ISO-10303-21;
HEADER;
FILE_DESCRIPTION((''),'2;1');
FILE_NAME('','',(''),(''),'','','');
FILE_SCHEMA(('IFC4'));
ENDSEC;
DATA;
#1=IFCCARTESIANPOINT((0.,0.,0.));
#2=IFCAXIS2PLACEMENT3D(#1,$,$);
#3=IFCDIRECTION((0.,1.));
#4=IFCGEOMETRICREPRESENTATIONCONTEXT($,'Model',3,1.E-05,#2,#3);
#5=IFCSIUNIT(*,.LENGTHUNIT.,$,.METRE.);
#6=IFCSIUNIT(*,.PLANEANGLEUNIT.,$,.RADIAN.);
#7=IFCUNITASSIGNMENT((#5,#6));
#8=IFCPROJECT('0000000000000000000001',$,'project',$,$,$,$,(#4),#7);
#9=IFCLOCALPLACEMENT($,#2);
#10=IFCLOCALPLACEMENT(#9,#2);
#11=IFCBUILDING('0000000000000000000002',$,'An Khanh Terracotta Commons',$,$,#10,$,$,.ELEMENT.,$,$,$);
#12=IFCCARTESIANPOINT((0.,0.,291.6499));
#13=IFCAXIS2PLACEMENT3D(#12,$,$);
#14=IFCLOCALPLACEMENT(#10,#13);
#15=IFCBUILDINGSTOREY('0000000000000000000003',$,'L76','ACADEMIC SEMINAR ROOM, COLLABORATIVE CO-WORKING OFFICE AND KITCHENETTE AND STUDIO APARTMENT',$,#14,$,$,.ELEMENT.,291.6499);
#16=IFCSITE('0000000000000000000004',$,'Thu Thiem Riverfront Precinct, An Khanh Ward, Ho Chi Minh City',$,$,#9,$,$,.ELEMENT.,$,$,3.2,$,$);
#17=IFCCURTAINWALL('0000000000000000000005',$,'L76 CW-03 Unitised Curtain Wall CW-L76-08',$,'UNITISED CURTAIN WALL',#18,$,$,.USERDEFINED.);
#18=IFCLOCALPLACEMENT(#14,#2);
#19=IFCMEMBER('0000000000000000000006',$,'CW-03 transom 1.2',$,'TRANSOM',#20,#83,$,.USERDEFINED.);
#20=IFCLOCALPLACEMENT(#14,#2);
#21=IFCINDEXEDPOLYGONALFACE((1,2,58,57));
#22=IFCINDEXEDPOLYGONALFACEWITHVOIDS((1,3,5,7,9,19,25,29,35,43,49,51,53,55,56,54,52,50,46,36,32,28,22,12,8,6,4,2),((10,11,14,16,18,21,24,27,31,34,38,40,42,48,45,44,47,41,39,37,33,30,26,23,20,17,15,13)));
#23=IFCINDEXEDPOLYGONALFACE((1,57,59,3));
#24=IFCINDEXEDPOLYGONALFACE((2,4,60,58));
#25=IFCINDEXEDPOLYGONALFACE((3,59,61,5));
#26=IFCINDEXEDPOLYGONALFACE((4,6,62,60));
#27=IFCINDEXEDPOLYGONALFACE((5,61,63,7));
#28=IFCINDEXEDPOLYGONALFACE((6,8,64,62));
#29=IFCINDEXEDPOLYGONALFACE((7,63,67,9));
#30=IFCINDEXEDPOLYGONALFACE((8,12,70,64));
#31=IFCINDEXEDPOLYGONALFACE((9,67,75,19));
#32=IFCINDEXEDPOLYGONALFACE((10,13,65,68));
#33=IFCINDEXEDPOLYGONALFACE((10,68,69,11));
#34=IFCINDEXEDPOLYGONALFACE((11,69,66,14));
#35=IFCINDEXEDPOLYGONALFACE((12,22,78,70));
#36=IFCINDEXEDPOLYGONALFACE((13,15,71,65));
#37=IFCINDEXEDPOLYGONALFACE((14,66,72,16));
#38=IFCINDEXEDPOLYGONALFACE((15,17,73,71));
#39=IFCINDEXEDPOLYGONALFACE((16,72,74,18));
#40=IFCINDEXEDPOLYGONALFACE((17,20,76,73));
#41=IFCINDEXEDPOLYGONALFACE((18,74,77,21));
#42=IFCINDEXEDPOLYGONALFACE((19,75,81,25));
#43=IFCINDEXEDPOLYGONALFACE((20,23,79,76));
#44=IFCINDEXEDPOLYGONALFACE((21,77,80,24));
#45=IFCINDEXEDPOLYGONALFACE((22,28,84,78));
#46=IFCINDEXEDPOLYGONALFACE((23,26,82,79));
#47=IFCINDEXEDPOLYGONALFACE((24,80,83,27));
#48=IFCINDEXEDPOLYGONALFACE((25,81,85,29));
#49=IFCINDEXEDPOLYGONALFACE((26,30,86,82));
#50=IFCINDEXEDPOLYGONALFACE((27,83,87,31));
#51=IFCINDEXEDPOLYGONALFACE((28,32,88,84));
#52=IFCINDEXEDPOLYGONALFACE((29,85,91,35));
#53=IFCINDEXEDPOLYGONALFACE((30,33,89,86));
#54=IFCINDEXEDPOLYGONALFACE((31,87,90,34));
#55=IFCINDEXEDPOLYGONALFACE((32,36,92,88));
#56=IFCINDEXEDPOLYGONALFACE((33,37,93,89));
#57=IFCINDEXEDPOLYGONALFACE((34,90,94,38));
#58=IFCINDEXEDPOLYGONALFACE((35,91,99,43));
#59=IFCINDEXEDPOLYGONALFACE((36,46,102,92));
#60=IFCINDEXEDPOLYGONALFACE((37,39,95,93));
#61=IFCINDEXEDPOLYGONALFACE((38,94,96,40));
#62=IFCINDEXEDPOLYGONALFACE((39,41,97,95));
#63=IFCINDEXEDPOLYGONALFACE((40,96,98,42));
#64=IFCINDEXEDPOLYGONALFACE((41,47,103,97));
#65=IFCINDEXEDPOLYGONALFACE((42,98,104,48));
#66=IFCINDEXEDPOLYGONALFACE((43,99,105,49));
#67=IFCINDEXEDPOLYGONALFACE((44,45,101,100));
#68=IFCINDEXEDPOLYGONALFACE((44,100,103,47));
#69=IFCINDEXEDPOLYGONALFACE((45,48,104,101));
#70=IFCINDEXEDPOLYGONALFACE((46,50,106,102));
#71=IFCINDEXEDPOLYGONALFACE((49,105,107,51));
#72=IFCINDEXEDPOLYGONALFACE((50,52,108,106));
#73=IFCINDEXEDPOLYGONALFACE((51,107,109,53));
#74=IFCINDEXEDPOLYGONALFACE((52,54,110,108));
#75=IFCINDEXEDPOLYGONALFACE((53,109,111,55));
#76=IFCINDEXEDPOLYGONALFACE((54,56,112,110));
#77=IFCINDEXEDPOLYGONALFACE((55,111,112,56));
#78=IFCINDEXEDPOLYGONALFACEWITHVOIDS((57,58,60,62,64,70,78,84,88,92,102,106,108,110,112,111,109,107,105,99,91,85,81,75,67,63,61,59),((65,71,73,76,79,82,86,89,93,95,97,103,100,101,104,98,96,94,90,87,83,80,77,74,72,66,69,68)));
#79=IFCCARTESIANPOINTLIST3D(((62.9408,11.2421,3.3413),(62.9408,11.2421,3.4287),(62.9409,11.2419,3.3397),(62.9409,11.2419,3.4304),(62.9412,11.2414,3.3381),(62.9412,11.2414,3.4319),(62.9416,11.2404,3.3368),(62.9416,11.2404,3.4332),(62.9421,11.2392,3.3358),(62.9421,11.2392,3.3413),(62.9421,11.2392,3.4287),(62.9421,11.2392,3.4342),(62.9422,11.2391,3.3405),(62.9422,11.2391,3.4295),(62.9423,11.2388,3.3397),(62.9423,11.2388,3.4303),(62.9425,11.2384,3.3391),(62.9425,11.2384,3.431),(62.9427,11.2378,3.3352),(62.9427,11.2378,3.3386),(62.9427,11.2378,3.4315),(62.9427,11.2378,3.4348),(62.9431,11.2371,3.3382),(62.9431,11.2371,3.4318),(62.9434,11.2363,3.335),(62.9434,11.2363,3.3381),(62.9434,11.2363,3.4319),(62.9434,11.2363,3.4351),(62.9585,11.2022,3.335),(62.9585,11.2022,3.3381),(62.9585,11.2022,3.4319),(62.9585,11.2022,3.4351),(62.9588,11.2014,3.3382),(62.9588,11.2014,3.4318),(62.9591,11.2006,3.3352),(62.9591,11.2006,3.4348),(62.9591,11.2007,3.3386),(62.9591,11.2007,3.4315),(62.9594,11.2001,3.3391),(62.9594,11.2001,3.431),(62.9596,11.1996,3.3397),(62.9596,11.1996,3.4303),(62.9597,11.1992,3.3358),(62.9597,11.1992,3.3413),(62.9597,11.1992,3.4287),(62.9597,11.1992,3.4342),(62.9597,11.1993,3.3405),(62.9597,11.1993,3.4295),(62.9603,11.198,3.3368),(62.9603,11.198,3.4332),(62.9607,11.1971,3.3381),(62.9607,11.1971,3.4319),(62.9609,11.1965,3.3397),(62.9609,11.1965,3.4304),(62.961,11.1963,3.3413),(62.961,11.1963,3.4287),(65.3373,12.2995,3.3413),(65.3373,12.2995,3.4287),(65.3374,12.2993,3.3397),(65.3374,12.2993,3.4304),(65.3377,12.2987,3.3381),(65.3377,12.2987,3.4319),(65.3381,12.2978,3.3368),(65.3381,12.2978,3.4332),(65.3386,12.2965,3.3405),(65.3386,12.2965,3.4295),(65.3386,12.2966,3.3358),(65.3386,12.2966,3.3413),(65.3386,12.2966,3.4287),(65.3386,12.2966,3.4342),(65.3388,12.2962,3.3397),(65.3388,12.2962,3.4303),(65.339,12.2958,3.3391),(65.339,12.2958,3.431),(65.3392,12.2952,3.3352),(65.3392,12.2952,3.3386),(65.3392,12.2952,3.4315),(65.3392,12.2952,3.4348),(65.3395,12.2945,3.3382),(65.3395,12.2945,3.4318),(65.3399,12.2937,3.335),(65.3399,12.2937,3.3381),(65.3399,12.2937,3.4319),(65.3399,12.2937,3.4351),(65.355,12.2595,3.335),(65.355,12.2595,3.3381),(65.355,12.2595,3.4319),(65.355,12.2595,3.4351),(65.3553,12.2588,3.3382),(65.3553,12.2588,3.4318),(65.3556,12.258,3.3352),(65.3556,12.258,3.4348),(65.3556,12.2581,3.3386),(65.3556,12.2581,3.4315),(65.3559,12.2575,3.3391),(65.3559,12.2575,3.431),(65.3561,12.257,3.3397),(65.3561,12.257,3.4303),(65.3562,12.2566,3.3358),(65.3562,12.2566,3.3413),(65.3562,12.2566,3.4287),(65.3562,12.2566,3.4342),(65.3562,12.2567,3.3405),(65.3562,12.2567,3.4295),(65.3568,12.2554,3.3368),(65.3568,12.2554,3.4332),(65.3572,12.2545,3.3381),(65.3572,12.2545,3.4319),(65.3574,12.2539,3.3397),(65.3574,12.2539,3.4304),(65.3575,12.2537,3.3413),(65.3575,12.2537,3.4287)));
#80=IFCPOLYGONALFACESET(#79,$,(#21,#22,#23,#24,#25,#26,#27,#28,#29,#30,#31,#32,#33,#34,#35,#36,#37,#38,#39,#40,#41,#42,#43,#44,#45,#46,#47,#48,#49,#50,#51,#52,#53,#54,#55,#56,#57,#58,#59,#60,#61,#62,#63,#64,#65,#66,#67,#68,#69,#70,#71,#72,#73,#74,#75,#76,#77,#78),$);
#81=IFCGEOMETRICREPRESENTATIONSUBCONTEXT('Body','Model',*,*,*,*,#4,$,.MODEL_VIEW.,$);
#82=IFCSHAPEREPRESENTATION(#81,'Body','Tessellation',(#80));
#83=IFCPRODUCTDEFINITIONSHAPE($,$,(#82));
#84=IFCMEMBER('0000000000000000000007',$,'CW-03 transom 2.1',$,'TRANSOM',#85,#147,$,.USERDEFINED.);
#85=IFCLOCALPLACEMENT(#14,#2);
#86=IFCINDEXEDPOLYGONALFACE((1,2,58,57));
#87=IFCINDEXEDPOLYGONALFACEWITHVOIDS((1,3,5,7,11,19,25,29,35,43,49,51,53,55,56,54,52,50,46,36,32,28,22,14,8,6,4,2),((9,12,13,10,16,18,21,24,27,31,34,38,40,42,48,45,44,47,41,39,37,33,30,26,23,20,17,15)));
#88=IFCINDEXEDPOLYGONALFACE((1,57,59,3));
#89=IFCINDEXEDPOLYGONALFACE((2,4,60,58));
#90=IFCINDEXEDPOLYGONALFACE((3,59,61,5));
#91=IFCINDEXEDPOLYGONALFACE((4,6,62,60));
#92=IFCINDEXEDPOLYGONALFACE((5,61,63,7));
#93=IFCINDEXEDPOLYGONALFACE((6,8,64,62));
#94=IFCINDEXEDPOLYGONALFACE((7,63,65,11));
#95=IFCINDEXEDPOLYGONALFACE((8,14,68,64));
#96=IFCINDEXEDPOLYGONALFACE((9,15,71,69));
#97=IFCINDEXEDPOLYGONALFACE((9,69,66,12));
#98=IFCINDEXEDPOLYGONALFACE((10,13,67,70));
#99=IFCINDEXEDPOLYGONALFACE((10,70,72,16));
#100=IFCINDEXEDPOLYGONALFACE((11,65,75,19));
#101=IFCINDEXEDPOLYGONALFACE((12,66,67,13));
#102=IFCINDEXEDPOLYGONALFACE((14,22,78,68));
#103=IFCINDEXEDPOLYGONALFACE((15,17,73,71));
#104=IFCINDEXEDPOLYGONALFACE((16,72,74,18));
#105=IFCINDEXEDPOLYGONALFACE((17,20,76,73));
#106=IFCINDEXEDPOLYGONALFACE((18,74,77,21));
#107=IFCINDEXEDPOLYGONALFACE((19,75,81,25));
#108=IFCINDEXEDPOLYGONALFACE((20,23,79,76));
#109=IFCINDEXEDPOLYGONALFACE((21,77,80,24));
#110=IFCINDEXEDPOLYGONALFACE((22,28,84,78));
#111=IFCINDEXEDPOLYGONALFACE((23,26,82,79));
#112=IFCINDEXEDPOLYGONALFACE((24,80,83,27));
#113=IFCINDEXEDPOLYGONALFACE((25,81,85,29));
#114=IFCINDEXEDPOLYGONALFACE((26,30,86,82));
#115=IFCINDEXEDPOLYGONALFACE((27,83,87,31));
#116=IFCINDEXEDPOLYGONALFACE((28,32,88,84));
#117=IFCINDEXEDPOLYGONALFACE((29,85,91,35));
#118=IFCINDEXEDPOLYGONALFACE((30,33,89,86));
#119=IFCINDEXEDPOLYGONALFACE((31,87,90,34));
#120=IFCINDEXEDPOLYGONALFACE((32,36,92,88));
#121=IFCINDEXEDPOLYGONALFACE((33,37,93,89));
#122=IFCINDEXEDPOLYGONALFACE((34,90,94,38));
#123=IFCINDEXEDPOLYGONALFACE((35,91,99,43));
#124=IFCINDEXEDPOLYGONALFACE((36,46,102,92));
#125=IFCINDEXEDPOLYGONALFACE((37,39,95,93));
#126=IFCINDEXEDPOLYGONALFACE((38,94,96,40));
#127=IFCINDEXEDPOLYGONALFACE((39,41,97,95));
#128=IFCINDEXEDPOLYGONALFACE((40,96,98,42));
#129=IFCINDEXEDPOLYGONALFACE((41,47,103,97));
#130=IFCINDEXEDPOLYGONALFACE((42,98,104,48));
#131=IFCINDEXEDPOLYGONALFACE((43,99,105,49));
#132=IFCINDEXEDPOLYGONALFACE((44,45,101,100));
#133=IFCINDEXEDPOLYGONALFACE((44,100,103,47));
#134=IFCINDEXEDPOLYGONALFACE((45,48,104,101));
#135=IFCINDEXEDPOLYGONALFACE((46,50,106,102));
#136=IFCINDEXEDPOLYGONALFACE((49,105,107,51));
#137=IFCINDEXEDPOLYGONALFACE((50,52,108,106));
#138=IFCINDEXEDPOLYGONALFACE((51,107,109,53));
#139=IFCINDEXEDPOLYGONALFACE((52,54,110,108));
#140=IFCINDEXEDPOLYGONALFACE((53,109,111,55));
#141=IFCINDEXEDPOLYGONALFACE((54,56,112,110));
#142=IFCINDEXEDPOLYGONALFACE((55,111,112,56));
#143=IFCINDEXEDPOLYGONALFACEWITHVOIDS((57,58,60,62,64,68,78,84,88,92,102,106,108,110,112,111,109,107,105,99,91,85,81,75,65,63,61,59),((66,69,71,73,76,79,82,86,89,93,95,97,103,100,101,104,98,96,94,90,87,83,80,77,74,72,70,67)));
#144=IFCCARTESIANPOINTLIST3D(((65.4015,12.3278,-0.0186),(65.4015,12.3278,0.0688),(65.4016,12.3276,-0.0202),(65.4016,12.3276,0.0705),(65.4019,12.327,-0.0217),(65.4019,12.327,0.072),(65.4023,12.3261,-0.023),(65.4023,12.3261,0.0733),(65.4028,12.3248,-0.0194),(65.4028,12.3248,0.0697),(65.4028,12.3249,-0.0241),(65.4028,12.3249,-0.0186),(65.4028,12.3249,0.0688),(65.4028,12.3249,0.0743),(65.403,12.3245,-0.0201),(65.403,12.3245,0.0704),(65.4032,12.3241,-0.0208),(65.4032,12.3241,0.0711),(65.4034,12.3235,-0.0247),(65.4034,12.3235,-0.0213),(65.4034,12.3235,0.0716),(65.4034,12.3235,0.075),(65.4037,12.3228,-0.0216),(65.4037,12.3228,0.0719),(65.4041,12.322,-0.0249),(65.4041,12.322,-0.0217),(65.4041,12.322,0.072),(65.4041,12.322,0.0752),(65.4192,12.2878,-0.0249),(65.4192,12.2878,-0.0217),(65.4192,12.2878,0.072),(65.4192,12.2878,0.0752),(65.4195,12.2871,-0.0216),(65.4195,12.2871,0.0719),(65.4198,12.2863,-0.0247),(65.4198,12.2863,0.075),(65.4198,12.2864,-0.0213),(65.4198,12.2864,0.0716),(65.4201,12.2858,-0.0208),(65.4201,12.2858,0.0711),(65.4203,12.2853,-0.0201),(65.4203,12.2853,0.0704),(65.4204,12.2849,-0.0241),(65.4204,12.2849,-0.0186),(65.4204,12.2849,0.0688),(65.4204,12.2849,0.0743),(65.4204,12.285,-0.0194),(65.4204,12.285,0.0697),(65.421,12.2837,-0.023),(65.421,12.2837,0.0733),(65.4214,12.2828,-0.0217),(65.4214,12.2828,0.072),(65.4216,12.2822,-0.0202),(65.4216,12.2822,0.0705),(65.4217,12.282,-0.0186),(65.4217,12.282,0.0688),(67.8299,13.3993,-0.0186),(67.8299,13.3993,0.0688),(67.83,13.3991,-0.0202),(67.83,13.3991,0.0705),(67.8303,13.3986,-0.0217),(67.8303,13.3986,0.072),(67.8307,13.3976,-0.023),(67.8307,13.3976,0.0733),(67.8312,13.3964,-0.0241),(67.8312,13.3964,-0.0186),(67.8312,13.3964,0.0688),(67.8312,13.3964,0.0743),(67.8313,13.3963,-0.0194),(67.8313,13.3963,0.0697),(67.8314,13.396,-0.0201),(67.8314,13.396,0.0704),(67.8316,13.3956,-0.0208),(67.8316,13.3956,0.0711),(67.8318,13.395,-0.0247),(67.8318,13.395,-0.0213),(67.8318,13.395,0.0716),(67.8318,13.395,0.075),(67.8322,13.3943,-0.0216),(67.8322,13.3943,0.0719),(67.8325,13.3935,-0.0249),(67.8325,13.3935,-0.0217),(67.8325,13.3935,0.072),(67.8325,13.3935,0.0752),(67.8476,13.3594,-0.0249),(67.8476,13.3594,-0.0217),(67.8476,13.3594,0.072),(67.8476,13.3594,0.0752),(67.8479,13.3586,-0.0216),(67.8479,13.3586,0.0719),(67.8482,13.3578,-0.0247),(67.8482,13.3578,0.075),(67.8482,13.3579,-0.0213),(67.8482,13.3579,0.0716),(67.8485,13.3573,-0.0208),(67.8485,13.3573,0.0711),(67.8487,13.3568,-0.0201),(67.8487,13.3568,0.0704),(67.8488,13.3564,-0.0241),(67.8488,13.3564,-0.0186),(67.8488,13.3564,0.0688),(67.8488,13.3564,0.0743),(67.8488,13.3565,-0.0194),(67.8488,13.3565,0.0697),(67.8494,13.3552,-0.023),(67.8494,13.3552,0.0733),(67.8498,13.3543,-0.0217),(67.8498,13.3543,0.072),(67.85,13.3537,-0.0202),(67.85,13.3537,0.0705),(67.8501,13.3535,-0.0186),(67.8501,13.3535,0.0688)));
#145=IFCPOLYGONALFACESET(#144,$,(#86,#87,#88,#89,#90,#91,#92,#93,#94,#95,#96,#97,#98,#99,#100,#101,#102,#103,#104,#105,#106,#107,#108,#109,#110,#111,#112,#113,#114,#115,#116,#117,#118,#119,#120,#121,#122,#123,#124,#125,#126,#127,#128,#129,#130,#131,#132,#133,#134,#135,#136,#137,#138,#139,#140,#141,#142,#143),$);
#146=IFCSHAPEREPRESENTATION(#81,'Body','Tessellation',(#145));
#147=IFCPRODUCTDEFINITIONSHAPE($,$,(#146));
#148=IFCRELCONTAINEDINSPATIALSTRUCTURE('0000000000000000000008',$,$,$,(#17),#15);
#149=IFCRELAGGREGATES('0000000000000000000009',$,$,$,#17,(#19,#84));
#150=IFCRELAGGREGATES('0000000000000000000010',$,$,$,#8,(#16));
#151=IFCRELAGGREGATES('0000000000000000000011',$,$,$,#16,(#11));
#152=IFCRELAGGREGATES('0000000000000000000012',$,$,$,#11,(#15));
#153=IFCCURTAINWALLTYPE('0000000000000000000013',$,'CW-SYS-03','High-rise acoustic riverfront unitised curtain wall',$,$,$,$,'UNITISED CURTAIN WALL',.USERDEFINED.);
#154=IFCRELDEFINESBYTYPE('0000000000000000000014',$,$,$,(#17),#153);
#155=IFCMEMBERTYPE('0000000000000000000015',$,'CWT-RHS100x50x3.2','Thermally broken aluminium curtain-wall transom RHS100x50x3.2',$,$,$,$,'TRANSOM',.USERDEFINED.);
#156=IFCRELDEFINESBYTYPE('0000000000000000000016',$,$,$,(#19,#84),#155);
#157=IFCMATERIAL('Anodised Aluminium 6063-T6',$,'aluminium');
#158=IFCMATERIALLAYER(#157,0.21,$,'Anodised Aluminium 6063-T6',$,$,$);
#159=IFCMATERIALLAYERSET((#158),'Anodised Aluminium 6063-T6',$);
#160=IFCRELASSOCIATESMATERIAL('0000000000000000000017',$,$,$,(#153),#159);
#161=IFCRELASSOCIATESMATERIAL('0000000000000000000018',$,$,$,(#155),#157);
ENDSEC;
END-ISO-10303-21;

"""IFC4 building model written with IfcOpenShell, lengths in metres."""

from ifc_helpers import new_model, si_unit, direction, frame, origin, origin_2d, place, context, subcontext, project, spatial, hollow_rectangle, extrude, material, layer, layer_set, material_profile, profile_set, type_object, element, aggregate, save


model = new_model("IFC4")

# Units and contexts
model_context = context("Model", 3, precision=1e-05, world=origin(), true_north=direction((0.0, 1.0)))
body_context = subcontext(model_context, "Body", "Model", "MODEL_VIEW")
ifc_project = project(units=[si_unit("LENGTHUNIT", "METRE"), si_unit("PLANEANGLEUNIT", "RADIAN")], contexts=[model_context])

# Site, building, storey
site_placement = place(None, origin())
site = spatial("IfcSite", under=ifc_project, at=site_placement, Name="Thu Thiem Riverfront Precinct, An Khanh Ward, Ho Chi Minh City", CompositionType="ELEMENT", RefElevation=3.2)
building_placement = place(site_placement, origin())
building = spatial("IfcBuilding", under=site, at=building_placement, Name="An Khanh Terracotta Commons", CompositionType="ELEMENT")
storey_placement = place(building_placement, frame((0.0, 0.0, 291.6499)))
storey = spatial("IfcBuildingStorey", under=building, at=storey_placement, Name="L76", Description="ACADEMIC SEMINAR ROOM, COLLABORATIVE CO-WORKING OFFICE AND KITCHENETTE AND STUDIO APARTMENT", CompositionType="ELEMENT", Elevation=291.6499)

# Curtain wall
ifc_material_1 = material(Name="Anodised Aluminium 6063-T6", Category="aluminium")
ifc_layer_1 = layer(ifc_material_1, 0.21, Name="Anodised Aluminium 6063-T6")
ifc_layer_set_1 = layer_set([ifc_layer_1], Name="Anodised Aluminium 6063-T6")
curtain_wall_type = type_object("IfcCurtainWallType", Name="CW-SYS-03", Description="High-rise acoustic riverfront unitised curtain wall", ElementType="UNITISED CURTAIN WALL", PredefinedType="USERDEFINED", material=ifc_layer_set_1)
curtain_wall_1_placement = place(storey_placement, origin())
curtain_wall_1 = element("IfcCurtainWall", 1, at=curtain_wall_1_placement, inside=storey, type_object=curtain_wall_type, Name="L76 CW-03 Unitised Curtain Wall CW-L76-08", ObjectType="UNITISED CURTAIN WALL", PredefinedType="USERDEFINED")

# Members
ifc_material_profile_1 = material_profile(ifc_material_1, hollow_rectangle(XDim=0.05, YDim=0.1001, WallThickness=0.0032, InnerFilletRadius=0.0032, OuterFilletRadius=0.0063, at=origin_2d()), Name="RHS100x50x3.2")
ifc_profile_set_1 = profile_set([ifc_material_profile_1], Name="Anodised Aluminium 6063-T6")
member_type_1 = type_object("IfcMemberType", Name="CWT-RHS100x50x3.2", Description="Thermally broken aluminium curtain-wall transom RHS100x50x3.2", ElementType="TRANSOM", PredefinedType="USERDEFINED", material=ifc_profile_set_1)
member_1_placement = place(storey_placement, frame((62.9509, 11.2192, 3.385), z_axis=(0.914904, 0.403672, 0.0), x_axis=(-0.403672, 0.914904, 0.0)))
member_1 = element("IfcMember", 2, at=member_1_placement, type_object=member_type_1, Name="CW-03 transom 1.2", ObjectType="TRANSOM", PredefinedType="USERDEFINED", context=body_context, shape_type="SweptSolid", body=[
    extrude(hollow_rectangle(XDim=0.05, YDim=0.1001, WallThickness=0.0032, InnerFilletRadius=0.0032, OuterFilletRadius=0.0063, at=origin_2d()), origin(), (0.0, 0.0, 1.0), 2.6194),
])
member_2_placement = place(storey_placement, frame((65.4116, 12.3049, 0.0251), z_axis=(0.914897, 0.403688, 0.0), x_axis=(-0.403688, 0.914897, 0.0)))
member_2 = element("IfcMember", 3, at=member_2_placement, type_object=member_type_1, Name="CW-03 transom 2.1", ObjectType="TRANSOM", PredefinedType="USERDEFINED", context=body_context, shape_type="SweptSolid", body=[
    extrude(hollow_rectangle(XDim=0.05, YDim=0.1001, WallThickness=0.0032, InnerFilletRadius=0.0032, OuterFilletRadius=0.0063, at=origin_2d()), origin(), (0.0, 0.0, 1.0), 2.6543),
])

aggregate(curtain_wall_1, [member_1, member_2])

save(model, "model.ifc")
